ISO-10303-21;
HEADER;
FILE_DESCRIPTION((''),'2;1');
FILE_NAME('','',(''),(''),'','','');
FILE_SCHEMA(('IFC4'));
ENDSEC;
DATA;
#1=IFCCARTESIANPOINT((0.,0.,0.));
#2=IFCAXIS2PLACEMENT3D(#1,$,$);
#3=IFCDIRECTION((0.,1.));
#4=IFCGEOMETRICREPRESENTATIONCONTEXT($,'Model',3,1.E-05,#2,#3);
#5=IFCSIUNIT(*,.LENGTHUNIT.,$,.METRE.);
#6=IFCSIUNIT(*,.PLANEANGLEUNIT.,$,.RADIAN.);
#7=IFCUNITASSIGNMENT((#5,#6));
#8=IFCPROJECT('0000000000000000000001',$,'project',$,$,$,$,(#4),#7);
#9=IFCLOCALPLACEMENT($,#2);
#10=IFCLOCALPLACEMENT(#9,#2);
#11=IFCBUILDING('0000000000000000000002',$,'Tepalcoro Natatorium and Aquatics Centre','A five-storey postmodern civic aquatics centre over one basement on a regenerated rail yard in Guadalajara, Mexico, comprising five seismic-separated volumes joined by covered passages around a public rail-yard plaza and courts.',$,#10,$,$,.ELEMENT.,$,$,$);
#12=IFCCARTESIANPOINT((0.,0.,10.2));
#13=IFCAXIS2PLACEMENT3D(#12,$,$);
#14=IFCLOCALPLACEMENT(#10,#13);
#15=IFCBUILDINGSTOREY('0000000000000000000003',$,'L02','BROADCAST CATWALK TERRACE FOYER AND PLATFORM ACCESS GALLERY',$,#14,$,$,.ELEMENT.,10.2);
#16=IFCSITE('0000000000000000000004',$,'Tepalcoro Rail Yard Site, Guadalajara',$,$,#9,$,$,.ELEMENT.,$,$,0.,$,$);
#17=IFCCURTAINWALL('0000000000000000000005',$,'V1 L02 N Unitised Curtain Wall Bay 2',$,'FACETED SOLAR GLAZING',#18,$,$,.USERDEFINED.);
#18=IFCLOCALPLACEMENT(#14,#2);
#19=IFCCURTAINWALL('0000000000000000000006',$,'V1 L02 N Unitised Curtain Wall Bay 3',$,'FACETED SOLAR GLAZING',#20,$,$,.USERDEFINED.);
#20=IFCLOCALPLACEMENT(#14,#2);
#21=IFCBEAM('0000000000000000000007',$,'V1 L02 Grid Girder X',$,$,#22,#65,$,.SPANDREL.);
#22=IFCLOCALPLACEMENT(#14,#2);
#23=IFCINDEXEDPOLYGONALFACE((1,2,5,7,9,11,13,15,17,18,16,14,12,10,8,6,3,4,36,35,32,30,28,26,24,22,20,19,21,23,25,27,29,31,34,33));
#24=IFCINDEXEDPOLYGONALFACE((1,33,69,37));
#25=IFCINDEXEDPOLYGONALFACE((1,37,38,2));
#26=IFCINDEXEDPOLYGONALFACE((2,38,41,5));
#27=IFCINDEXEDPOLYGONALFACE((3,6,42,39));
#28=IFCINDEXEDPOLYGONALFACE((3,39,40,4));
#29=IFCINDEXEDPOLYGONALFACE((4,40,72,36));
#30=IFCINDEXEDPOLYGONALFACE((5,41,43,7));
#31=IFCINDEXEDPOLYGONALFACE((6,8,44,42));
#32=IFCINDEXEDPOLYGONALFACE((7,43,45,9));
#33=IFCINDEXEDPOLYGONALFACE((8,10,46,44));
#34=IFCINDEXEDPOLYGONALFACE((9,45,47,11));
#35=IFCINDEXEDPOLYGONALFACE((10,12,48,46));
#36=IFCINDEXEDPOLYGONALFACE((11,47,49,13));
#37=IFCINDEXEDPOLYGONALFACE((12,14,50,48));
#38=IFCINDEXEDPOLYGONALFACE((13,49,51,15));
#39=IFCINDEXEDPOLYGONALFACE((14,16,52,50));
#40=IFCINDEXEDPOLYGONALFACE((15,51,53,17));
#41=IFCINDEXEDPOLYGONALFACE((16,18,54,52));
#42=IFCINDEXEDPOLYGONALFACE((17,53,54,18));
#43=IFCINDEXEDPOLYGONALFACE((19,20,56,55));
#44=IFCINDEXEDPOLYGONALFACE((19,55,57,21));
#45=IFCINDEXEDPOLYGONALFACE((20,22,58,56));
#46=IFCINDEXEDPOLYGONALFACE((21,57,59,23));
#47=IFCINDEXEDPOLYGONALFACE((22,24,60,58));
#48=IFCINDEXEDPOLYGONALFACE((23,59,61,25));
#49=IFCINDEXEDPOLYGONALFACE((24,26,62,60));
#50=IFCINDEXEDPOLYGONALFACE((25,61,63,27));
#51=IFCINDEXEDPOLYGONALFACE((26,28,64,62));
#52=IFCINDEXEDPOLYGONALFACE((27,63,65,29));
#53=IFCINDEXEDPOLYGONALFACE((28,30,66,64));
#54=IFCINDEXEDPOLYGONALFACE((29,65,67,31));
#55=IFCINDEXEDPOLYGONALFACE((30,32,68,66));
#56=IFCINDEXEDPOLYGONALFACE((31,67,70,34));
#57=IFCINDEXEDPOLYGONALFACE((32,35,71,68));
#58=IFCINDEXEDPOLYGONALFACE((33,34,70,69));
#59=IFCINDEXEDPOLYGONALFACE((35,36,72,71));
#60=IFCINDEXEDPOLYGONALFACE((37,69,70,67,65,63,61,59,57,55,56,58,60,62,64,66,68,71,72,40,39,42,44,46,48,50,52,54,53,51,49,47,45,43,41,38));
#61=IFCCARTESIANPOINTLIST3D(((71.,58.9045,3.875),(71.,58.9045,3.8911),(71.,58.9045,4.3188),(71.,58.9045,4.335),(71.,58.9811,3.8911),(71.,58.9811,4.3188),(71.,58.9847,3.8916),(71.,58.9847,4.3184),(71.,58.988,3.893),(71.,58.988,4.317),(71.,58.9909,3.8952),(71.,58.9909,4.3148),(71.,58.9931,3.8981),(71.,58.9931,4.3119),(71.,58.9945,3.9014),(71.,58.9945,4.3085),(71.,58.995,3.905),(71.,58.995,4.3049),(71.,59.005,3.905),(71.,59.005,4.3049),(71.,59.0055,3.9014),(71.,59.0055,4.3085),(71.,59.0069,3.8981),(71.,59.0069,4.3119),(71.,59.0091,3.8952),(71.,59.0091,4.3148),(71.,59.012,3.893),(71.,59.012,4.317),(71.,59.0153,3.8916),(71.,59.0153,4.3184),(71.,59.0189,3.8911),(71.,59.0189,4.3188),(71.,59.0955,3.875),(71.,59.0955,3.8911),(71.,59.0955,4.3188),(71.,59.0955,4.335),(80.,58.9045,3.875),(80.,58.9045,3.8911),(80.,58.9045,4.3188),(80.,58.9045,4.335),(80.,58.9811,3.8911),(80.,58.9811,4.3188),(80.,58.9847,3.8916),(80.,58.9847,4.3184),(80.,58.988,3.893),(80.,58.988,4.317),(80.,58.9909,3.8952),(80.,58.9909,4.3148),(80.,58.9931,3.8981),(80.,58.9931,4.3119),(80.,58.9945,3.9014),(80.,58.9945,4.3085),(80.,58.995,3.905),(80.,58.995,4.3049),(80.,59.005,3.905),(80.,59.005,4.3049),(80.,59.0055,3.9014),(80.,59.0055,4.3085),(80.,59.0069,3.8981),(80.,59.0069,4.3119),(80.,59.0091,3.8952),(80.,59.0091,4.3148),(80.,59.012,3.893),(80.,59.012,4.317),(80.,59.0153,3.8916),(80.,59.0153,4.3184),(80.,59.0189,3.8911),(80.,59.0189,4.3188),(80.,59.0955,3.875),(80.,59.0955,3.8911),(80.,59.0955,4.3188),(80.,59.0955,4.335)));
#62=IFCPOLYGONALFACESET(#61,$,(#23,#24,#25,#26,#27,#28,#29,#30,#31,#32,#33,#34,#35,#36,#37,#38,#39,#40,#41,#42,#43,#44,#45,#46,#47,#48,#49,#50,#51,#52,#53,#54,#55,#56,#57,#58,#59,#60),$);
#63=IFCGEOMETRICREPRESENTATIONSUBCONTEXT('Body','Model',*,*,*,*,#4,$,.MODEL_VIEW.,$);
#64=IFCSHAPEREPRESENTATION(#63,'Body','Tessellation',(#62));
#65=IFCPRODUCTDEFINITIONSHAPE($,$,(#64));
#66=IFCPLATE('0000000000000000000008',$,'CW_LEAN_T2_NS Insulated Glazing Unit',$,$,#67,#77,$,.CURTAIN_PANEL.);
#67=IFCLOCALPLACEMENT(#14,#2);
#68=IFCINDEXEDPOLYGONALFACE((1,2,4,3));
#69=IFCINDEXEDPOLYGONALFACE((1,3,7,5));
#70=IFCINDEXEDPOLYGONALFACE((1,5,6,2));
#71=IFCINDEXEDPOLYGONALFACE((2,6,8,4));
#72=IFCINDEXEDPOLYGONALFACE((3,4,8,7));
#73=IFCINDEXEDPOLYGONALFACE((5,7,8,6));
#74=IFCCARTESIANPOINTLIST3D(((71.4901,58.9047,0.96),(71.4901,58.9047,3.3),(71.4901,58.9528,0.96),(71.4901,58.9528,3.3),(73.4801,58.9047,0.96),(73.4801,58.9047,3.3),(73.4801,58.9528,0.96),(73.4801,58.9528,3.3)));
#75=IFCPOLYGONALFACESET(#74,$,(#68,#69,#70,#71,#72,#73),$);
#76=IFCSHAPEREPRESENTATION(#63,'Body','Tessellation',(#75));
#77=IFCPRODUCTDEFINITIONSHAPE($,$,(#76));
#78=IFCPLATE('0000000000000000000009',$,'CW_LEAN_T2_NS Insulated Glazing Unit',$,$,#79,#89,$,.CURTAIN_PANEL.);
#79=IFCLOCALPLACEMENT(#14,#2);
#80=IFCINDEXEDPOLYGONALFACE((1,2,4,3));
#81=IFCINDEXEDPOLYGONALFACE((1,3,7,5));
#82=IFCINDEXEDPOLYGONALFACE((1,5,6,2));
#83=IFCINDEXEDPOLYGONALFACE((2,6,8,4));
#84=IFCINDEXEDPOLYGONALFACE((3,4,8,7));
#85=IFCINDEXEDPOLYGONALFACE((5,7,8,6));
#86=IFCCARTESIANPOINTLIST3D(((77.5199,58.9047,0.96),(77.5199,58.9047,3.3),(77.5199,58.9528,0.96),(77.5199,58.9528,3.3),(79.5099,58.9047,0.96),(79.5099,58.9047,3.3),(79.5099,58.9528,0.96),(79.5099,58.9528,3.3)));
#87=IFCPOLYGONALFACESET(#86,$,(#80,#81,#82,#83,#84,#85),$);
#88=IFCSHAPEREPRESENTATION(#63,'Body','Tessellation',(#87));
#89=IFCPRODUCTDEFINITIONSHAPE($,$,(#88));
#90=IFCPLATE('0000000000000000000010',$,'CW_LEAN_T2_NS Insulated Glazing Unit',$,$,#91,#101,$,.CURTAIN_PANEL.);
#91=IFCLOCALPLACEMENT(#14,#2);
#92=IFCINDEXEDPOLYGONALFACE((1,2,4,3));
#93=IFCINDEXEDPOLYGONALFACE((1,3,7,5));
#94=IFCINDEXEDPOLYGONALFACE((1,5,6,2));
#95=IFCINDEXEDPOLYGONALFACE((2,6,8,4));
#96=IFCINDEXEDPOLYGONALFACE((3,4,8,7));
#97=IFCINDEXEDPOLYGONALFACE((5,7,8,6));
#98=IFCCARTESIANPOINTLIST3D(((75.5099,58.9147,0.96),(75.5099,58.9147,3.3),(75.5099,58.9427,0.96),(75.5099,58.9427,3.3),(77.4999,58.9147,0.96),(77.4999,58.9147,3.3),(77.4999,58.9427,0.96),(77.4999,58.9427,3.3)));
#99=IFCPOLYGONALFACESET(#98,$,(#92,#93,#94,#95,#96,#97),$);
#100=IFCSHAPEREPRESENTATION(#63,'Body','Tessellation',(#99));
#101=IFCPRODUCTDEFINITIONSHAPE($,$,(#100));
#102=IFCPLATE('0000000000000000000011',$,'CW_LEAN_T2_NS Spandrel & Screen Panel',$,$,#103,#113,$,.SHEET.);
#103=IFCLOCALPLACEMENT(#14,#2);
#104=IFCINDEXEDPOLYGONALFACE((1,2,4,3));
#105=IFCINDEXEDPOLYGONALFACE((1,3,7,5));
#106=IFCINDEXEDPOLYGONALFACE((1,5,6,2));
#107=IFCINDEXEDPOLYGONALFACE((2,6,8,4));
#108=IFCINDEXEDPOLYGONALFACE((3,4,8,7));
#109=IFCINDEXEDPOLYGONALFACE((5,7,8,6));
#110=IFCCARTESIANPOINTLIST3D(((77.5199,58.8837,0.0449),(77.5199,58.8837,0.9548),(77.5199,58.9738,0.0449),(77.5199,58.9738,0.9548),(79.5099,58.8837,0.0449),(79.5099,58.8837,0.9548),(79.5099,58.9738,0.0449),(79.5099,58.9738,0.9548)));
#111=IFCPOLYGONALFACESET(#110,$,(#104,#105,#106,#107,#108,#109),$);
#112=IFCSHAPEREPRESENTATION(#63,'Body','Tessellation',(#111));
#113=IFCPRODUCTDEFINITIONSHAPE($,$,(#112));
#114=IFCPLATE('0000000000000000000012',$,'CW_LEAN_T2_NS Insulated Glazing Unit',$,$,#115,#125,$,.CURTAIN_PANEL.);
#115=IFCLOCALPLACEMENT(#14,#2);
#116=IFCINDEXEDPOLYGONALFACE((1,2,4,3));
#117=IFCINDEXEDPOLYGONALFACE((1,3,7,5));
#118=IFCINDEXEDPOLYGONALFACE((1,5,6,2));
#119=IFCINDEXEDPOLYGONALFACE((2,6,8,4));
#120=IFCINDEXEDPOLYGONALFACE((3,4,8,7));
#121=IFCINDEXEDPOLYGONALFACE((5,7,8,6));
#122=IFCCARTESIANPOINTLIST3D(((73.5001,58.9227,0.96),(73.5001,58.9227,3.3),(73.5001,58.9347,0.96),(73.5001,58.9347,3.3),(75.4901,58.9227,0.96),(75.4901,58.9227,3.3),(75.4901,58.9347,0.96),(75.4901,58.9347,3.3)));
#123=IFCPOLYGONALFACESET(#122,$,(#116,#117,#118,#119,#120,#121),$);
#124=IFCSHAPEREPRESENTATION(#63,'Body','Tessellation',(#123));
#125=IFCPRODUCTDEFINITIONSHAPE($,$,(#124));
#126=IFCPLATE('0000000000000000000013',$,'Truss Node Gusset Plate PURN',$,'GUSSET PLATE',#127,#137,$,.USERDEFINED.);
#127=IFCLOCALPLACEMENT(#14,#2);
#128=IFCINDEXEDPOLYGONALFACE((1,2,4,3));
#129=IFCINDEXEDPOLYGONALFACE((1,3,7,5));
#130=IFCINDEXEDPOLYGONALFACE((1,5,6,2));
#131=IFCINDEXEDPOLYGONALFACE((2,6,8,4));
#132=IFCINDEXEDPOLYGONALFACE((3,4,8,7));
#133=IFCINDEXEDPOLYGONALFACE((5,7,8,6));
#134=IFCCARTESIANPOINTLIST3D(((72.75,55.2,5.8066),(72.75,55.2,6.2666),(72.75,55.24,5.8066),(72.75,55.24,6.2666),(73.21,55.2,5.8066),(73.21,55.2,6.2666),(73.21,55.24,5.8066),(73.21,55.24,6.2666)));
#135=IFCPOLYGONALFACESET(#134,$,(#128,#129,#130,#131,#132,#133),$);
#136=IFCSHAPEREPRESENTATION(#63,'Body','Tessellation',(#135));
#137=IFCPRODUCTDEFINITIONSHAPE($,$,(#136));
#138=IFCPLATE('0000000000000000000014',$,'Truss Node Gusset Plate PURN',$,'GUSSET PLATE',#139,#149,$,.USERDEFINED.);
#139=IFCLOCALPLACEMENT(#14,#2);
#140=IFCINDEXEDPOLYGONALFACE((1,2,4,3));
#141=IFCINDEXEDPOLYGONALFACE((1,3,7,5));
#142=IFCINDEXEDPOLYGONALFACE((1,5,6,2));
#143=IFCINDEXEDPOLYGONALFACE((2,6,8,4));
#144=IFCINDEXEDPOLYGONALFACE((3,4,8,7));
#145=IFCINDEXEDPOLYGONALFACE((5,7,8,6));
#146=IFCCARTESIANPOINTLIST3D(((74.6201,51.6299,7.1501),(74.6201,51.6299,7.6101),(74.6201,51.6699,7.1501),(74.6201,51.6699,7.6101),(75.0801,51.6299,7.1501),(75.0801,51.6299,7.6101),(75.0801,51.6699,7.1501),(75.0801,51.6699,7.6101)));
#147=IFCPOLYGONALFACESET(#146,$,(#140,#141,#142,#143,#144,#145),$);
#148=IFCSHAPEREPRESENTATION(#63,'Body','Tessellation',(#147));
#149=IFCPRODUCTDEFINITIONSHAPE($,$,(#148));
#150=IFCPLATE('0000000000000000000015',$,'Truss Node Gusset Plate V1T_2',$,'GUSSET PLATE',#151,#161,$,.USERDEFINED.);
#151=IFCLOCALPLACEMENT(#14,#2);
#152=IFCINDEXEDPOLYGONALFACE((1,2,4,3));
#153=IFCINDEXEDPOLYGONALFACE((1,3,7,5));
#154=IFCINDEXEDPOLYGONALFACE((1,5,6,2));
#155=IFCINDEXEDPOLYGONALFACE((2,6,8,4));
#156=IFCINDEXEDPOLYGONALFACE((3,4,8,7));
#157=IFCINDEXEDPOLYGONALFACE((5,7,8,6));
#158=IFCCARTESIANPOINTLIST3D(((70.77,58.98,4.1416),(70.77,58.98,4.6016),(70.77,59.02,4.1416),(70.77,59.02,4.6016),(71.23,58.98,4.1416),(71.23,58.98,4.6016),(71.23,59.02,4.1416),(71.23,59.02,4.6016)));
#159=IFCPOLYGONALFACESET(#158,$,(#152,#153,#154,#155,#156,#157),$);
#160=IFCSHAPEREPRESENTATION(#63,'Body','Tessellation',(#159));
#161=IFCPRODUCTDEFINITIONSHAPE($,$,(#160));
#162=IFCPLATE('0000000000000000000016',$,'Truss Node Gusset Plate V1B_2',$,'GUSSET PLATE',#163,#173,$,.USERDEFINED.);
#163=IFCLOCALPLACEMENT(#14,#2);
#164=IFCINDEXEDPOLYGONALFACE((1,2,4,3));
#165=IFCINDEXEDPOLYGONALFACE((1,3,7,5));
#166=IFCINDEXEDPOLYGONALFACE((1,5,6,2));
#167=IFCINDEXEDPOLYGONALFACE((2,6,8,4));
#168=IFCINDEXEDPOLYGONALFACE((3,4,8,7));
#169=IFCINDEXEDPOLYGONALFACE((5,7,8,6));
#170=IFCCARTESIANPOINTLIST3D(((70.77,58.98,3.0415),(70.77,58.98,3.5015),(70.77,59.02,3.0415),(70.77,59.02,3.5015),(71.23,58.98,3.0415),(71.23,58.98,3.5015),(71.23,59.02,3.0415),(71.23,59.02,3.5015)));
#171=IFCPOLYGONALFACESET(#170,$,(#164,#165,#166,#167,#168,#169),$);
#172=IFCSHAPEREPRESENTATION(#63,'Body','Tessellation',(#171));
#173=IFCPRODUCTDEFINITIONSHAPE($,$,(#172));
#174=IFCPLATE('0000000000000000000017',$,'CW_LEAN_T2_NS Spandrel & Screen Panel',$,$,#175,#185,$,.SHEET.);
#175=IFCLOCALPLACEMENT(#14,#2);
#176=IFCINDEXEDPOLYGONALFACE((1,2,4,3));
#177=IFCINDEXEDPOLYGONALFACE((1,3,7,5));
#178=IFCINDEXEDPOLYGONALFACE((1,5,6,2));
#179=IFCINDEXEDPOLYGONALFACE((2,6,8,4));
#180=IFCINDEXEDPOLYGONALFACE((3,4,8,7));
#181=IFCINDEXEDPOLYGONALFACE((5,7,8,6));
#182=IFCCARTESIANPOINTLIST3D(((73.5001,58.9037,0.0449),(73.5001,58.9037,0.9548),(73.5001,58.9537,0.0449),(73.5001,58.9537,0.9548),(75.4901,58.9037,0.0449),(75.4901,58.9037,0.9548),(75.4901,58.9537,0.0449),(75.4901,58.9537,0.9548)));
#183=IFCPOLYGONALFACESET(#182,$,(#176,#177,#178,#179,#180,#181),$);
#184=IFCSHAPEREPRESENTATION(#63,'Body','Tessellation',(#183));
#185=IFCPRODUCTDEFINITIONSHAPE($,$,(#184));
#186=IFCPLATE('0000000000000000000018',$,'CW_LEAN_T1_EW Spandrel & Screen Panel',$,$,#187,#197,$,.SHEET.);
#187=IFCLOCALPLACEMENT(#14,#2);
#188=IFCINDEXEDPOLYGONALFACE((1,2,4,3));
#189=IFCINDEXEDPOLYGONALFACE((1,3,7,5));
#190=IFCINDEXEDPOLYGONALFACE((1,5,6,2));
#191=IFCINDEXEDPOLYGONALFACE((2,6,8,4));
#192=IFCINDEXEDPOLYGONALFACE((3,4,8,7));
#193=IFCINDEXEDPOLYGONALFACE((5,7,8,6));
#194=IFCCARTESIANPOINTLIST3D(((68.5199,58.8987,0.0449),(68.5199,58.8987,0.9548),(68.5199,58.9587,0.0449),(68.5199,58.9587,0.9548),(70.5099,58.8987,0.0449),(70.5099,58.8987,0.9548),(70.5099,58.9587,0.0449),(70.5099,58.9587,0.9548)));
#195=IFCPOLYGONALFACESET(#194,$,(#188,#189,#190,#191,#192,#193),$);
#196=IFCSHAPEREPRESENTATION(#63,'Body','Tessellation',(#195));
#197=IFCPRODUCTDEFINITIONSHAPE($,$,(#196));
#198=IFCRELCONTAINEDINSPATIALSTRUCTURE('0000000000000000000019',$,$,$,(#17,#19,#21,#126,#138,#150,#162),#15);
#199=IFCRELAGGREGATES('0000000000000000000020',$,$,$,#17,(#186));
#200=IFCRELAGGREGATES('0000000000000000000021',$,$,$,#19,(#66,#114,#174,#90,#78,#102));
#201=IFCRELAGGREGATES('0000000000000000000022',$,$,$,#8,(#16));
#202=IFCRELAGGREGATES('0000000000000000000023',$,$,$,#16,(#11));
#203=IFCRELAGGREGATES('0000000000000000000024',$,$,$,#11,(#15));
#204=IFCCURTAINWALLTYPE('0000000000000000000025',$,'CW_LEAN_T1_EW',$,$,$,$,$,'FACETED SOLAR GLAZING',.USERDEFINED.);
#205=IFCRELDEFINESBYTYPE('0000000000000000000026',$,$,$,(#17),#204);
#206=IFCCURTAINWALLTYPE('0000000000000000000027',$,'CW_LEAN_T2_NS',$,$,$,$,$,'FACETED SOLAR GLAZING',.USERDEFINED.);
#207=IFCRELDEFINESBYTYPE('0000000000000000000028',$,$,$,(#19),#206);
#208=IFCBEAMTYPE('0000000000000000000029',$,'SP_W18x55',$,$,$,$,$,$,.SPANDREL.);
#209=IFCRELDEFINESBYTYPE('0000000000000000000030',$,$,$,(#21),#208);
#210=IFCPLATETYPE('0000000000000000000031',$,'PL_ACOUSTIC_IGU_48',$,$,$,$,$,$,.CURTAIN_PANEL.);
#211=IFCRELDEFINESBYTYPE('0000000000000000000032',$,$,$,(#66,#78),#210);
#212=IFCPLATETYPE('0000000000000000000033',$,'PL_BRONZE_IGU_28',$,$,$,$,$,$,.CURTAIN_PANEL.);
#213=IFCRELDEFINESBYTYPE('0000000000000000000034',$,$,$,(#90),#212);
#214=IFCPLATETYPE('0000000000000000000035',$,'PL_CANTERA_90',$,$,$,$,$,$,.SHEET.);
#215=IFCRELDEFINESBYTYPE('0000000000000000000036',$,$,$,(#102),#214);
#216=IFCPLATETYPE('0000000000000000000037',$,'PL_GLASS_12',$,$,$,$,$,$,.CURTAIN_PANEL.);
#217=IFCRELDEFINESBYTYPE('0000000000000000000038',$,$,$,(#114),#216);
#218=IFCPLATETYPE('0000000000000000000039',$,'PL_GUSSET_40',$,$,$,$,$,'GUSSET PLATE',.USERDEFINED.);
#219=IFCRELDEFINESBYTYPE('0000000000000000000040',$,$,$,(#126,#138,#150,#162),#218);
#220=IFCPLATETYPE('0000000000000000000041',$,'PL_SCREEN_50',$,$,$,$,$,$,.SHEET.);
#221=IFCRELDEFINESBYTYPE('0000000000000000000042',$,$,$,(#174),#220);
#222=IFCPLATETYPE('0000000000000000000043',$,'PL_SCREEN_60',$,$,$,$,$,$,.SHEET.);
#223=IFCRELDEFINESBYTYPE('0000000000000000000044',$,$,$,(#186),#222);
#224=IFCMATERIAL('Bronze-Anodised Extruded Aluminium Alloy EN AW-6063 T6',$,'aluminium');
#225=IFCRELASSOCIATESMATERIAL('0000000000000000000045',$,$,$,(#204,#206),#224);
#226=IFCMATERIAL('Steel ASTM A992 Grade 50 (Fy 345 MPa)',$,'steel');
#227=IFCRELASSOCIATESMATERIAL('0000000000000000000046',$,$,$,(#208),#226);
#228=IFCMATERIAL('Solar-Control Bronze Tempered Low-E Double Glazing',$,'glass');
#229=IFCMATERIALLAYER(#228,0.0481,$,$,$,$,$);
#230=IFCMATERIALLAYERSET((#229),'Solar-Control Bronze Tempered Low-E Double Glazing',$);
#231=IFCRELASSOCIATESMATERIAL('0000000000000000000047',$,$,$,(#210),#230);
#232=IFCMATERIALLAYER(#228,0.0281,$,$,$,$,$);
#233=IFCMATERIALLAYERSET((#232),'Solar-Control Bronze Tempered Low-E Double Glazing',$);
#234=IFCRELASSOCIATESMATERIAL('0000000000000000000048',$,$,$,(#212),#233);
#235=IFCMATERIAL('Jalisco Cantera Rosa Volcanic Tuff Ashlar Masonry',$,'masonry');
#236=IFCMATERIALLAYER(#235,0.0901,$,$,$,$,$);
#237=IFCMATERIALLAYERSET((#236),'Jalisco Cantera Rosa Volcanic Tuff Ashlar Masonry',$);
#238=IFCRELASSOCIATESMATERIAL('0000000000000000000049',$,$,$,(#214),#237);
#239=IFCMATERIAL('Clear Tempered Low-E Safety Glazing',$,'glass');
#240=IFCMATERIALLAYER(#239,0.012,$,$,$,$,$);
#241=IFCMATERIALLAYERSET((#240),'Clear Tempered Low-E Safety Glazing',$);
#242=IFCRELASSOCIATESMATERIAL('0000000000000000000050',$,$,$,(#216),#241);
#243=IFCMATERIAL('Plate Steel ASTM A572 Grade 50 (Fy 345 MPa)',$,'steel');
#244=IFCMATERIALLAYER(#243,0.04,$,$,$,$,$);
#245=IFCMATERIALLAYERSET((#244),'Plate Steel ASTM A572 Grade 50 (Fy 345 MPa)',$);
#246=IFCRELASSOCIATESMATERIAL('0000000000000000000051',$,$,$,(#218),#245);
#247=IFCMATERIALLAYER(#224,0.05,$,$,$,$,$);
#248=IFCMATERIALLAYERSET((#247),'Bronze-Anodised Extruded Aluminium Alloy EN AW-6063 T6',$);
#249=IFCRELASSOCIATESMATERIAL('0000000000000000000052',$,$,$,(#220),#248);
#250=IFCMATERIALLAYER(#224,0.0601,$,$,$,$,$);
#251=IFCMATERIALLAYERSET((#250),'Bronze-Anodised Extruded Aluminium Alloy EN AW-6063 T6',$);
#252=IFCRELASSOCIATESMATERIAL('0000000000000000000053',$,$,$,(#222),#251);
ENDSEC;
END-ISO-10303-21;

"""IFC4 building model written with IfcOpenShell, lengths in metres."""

from ifc_helpers import new_model, si_unit, direction, frame, origin, origin_2d, place, context, subcontext, project, spatial, rectangle, i_section, extrude, material, layer, layer_set, material_profile, profile_set, type_object, element, aggregate, save


model = new_model("IFC4")

# Units and contexts
model_context = context("Model", 3, precision=1e-05, world=origin(), true_north=direction((0.0, 1.0)))
body_context = subcontext(model_context, "Body", "Model", "MODEL_VIEW")
ifc_project = project(units=[si_unit("LENGTHUNIT", "METRE"), si_unit("PLANEANGLEUNIT", "RADIAN")], contexts=[model_context])

# Site, building, storey
site_placement = place(None, origin())
site = spatial("IfcSite", under=ifc_project, at=site_placement, Name="Tepalcoro Rail Yard Site, Guadalajara", CompositionType="ELEMENT", RefElevation=0.0)
building_placement = place(site_placement, origin())
building = spatial("IfcBuilding", under=site, at=building_placement, Name="Tepalcoro Natatorium and Aquatics Centre", Description="A five-storey postmodern civic aquatics centre over one basement on a regenerated rail yard in Guadalajara, Mexico, comprising five seismic-separated volumes joined by covered passages around a public rail-yard plaza and courts.", CompositionType="ELEMENT")
storey_placement = place(building_placement, frame((0.0, 0.0, 10.2)))
storey = spatial("IfcBuildingStorey", under=building, at=storey_placement, Name="L02", Description="BROADCAST CATWALK TERRACE FOYER AND PLATFORM ACCESS GALLERY", CompositionType="ELEMENT", Elevation=10.2)

# Shared definitions
ifc_material_1 = material(Name="Steel ASTM A992 Grade 50 (Fy 345 MPa)", Category="steel")

# Curtain wall
ifc_material_2 = material(Name="Bronze-Anodised Extruded Aluminium Alloy EN AW-6063 T6", Category="aluminium")
curtain_wall_type_1 = type_object("IfcCurtainWallType", Name="CW_LEAN_T1_EW", ElementType="FACETED SOLAR GLAZING", PredefinedType="USERDEFINED", material=ifc_material_2)
curtain_wall_1_placement = place(storey_placement, origin())
curtain_wall_1 = element("IfcCurtainWall", 1, at=curtain_wall_1_placement, inside=storey, type_object=curtain_wall_type_1, Name="V1 L02 N Unitised Curtain Wall Bay 2", ObjectType="FACETED SOLAR GLAZING", PredefinedType="USERDEFINED")

# Curtain wall
curtain_wall_type_2 = type_object("IfcCurtainWallType", Name="CW_LEAN_T2_NS", ElementType="FACETED SOLAR GLAZING", PredefinedType="USERDEFINED", material=ifc_material_2)
curtain_wall_2_placement = place(storey_placement, origin())
curtain_wall_2 = element("IfcCurtainWall", 2, at=curtain_wall_2_placement, inside=storey, type_object=curtain_wall_type_2, Name="V1 L02 N Unitised Curtain Wall Bay 3", ObjectType="FACETED SOLAR GLAZING", PredefinedType="USERDEFINED")

# Beam
ifc_material_profile_1 = material_profile(ifc_material_1, i_section(OverallWidth=0.1909, OverallDepth=0.46, WebThickness=0.01, FlangeThickness=0.0161, FilletRadius=0.0139, at=origin_2d()), Name="W18X55")
ifc_profile_set_1 = profile_set([ifc_material_profile_1], Name="Steel ASTM A992 Grade 50 (Fy 345 MPa)")
beam_type_1 = type_object("IfcBeamType", Name="SP_W18x55", PredefinedType="SPANDREL", material=ifc_profile_set_1)
beam_1_placement = place(storey_placement, frame((71.0, 59.0, 4.105), z_axis=(1.0, 0.0, 0.0), x_axis=(0.0, 1.0, 0.0)))
element("IfcBeam", 3, at=beam_1_placement, inside=storey, type_object=beam_type_1, Name="V1 L02 Grid Girder X", PredefinedType="SPANDREL", context=body_context, shape_type="SweptSolid", body=[
    extrude(i_section(OverallWidth=0.1909, OverallDepth=0.46, WebThickness=0.01, FlangeThickness=0.0161, FilletRadius=0.0139, at=origin_2d()), origin(), (0.0, 0.0, 1.0), 9.0),
])

# Plates
ifc_material_3 = material(Name="Solar-Control Bronze Tempered Low-E Double Glazing", Category="glass")
ifc_layer_1 = layer(ifc_material_3, 0.0481)
ifc_layer_set_1 = layer_set([ifc_layer_1], Name="Solar-Control Bronze Tempered Low-E Double Glazing")
plate_type_1 = type_object("IfcPlateType", Name="PL_ACOUSTIC_IGU_48", PredefinedType="CURTAIN_PANEL", material=ifc_layer_set_1)
plate_1_placement = place(storey_placement, frame((72.4851, 58.9287, 0.96), z_axis=(0.0, 0.0, 1.0), x_axis=(1.0, 0.0, 0.0)))
plate_1 = element("IfcPlate", 4, at=plate_1_placement, type_object=plate_type_1, Name="CW_LEAN_T2_NS Insulated Glazing Unit", PredefinedType="CURTAIN_PANEL", context=body_context, shape_type="SweptSolid", body=[
    extrude(rectangle(XDim=1.99, YDim=0.0481, at=origin_2d()), origin(), (0.0, 0.0, 1.0), 2.3401),
])
plate_2_placement = place(storey_placement, frame((78.5149, 58.9287, 0.96), z_axis=(0.0, 0.0, 1.0), x_axis=(1.0, 0.0, 0.0)))
plate_2 = element("IfcPlate", 5, at=plate_2_placement, type_object=plate_type_1, Name="CW_LEAN_T2_NS Insulated Glazing Unit", PredefinedType="CURTAIN_PANEL", context=body_context, shape_type="SweptSolid", body=[
    extrude(rectangle(XDim=1.99, YDim=0.0481, at=origin_2d()), origin(), (0.0, 0.0, 1.0), 2.3401),
])
ifc_layer_2 = layer(ifc_material_3, 0.0281)
ifc_layer_set_2 = layer_set([ifc_layer_2], Name="Solar-Control Bronze Tempered Low-E Double Glazing")
plate_type_2 = type_object("IfcPlateType", Name="PL_BRONZE_IGU_28", PredefinedType="CURTAIN_PANEL", material=ifc_layer_set_2)
plate_3_placement = place(storey_placement, frame((76.5049, 58.9287, 0.96), z_axis=(0.0, 0.0, 1.0), x_axis=(1.0, 0.0, 0.0)))
plate_3 = element("IfcPlate", 6, at=plate_3_placement, type_object=plate_type_2, Name="CW_LEAN_T2_NS Insulated Glazing Unit", PredefinedType="CURTAIN_PANEL", context=body_context, shape_type="SweptSolid", body=[
    extrude(rectangle(XDim=1.99, YDim=0.0281, at=origin_2d()), origin(), (0.0, 0.0, 1.0), 2.3401),
])
ifc_material_4 = material(Name="Jalisco Cantera Rosa Volcanic Tuff Ashlar Masonry", Category="masonry")
ifc_layer_3 = layer(ifc_material_4, 0.0901)
ifc_layer_set_3 = layer_set([ifc_layer_3], Name="Jalisco Cantera Rosa Volcanic Tuff Ashlar Masonry")
plate_type_3 = type_object("IfcPlateType", Name="PL_CANTERA_90", PredefinedType="SHEET", material=ifc_layer_set_3)
plate_4_placement = place(storey_placement, frame((78.5149, 58.9287, 0.0449), z_axis=(0.0, 0.0, 1.0), x_axis=(1.0, 0.0, 0.0)))
plate_4 = element("IfcPlate", 7, at=plate_4_placement, type_object=plate_type_3, Name="CW_LEAN_T2_NS Spandrel & Screen Panel", PredefinedType="SHEET", context=body_context, shape_type="SweptSolid", body=[
    extrude(rectangle(XDim=1.99, YDim=0.0901, at=origin_2d()), origin(), (0.0, 0.0, 1.0), 0.9099),
])
ifc_material_5 = material(Name="Clear Tempered Low-E Safety Glazing", Category="glass")
ifc_layer_4 = layer(ifc_material_5, 0.012)
ifc_layer_set_4 = layer_set([ifc_layer_4], Name="Clear Tempered Low-E Safety Glazing")
plate_type_4 = type_object("IfcPlateType", Name="PL_GLASS_12", PredefinedType="CURTAIN_PANEL", material=ifc_layer_set_4)
plate_5_placement = place(storey_placement, frame((74.4951, 58.9287, 0.96), z_axis=(0.0, 0.0, 1.0), x_axis=(1.0, 0.0, 0.0)))
plate_5 = element("IfcPlate", 8, at=plate_5_placement, type_object=plate_type_4, Name="CW_LEAN_T2_NS Insulated Glazing Unit", PredefinedType="CURTAIN_PANEL", context=body_context, shape_type="SweptSolid", body=[
    extrude(rectangle(XDim=1.99, YDim=0.012, at=origin_2d()), origin(), (0.0, 0.0, 1.0), 2.3401),
])

# Plates
ifc_material_6 = material(Name="Plate Steel ASTM A572 Grade 50 (Fy 345 MPa)", Category="steel")
ifc_layer_5 = layer(ifc_material_6, 0.04)
ifc_layer_set_5 = layer_set([ifc_layer_5], Name="Plate Steel ASTM A572 Grade 50 (Fy 345 MPa)")
plate_type_5 = type_object("IfcPlateType", Name="PL_GUSSET_40", ElementType="GUSSET PLATE", PredefinedType="USERDEFINED", material=ifc_layer_set_5)
for number, where, z_axis, x_axis, name in (
    (9, (72.98, 55.22, 5.8066), (0.0, 0.0, 1.0), (1.0, 0.0, 0.0), "Truss Node Gusset Plate PURN"),
    (10, (74.8501, 51.6499, 7.1501), (0.0, 0.0, 1.0), (1.0, 0.0, 0.0), "Truss Node Gusset Plate PURN"),
    (11, (71.0, 59.0, 4.1416), (0.0, 0.0, 1.0), (1.0, 0.0, 0.0), "Truss Node Gusset Plate V1T_2"),
    (12, (71.0, 59.0, 3.0415), (0.0, 0.0, 1.0), (1.0, 0.0, 0.0), "Truss Node Gusset Plate V1B_2"),
):
    element("IfcPlate", number, at=place(storey_placement, frame(where, z_axis=z_axis, x_axis=x_axis)), inside=storey, type_object=plate_type_5, Name=name, ObjectType="GUSSET PLATE", PredefinedType="USERDEFINED", context=body_context, shape_type="SweptSolid", body=[
        extrude(rectangle(XDim=0.46, YDim=0.04, at=origin_2d()), origin(), (0.0, 0.0, 1.0), 0.46),
    ])

# Plates
ifc_layer_6 = layer(ifc_material_2, 0.05)
ifc_layer_set_6 = layer_set([ifc_layer_6], Name="Bronze-Anodised Extruded Aluminium Alloy EN AW-6063 T6")
plate_type_6 = type_object("IfcPlateType", Name="PL_SCREEN_50", PredefinedType="SHEET", material=ifc_layer_set_6)
plate_6_placement = place(storey_placement, frame((74.4951, 58.9287, 0.0449), z_axis=(0.0, 0.0, 1.0), x_axis=(1.0, 0.0, 0.0)))
plate_6 = element("IfcPlate", 13, at=plate_6_placement, type_object=plate_type_6, Name="CW_LEAN_T2_NS Spandrel & Screen Panel", PredefinedType="SHEET", context=body_context, shape_type="SweptSolid", body=[
    extrude(rectangle(XDim=1.99, YDim=0.05, at=origin_2d()), origin(), (0.0, 0.0, 1.0), 0.9099),
])
ifc_layer_7 = layer(ifc_material_2, 0.0601)
ifc_layer_set_7 = layer_set([ifc_layer_7], Name="Bronze-Anodised Extruded Aluminium Alloy EN AW-6063 T6")
plate_type_7 = type_object("IfcPlateType", Name="PL_SCREEN_60", PredefinedType="SHEET", material=ifc_layer_set_7)
plate_7_placement = place(storey_placement, frame((69.5149, 58.9287, 0.0449), z_axis=(0.0, 0.0, 1.0), x_axis=(1.0, 0.0, 0.0)))
plate_7 = element("IfcPlate", 14, at=plate_7_placement, type_object=plate_type_7, Name="CW_LEAN_T1_EW Spandrel & Screen Panel", PredefinedType="SHEET", context=body_context, shape_type="SweptSolid", body=[
    extrude(rectangle(XDim=1.99, YDim=0.0601, at=origin_2d()), origin(), (0.0, 0.0, 1.0), 0.9099),
])
aggregate(curtain_wall_1, [plate_7])
aggregate(curtain_wall_2, [plate_1, plate_5, plate_6, plate_3, plate_2, plate_4])

save(model, "model.ifc")
